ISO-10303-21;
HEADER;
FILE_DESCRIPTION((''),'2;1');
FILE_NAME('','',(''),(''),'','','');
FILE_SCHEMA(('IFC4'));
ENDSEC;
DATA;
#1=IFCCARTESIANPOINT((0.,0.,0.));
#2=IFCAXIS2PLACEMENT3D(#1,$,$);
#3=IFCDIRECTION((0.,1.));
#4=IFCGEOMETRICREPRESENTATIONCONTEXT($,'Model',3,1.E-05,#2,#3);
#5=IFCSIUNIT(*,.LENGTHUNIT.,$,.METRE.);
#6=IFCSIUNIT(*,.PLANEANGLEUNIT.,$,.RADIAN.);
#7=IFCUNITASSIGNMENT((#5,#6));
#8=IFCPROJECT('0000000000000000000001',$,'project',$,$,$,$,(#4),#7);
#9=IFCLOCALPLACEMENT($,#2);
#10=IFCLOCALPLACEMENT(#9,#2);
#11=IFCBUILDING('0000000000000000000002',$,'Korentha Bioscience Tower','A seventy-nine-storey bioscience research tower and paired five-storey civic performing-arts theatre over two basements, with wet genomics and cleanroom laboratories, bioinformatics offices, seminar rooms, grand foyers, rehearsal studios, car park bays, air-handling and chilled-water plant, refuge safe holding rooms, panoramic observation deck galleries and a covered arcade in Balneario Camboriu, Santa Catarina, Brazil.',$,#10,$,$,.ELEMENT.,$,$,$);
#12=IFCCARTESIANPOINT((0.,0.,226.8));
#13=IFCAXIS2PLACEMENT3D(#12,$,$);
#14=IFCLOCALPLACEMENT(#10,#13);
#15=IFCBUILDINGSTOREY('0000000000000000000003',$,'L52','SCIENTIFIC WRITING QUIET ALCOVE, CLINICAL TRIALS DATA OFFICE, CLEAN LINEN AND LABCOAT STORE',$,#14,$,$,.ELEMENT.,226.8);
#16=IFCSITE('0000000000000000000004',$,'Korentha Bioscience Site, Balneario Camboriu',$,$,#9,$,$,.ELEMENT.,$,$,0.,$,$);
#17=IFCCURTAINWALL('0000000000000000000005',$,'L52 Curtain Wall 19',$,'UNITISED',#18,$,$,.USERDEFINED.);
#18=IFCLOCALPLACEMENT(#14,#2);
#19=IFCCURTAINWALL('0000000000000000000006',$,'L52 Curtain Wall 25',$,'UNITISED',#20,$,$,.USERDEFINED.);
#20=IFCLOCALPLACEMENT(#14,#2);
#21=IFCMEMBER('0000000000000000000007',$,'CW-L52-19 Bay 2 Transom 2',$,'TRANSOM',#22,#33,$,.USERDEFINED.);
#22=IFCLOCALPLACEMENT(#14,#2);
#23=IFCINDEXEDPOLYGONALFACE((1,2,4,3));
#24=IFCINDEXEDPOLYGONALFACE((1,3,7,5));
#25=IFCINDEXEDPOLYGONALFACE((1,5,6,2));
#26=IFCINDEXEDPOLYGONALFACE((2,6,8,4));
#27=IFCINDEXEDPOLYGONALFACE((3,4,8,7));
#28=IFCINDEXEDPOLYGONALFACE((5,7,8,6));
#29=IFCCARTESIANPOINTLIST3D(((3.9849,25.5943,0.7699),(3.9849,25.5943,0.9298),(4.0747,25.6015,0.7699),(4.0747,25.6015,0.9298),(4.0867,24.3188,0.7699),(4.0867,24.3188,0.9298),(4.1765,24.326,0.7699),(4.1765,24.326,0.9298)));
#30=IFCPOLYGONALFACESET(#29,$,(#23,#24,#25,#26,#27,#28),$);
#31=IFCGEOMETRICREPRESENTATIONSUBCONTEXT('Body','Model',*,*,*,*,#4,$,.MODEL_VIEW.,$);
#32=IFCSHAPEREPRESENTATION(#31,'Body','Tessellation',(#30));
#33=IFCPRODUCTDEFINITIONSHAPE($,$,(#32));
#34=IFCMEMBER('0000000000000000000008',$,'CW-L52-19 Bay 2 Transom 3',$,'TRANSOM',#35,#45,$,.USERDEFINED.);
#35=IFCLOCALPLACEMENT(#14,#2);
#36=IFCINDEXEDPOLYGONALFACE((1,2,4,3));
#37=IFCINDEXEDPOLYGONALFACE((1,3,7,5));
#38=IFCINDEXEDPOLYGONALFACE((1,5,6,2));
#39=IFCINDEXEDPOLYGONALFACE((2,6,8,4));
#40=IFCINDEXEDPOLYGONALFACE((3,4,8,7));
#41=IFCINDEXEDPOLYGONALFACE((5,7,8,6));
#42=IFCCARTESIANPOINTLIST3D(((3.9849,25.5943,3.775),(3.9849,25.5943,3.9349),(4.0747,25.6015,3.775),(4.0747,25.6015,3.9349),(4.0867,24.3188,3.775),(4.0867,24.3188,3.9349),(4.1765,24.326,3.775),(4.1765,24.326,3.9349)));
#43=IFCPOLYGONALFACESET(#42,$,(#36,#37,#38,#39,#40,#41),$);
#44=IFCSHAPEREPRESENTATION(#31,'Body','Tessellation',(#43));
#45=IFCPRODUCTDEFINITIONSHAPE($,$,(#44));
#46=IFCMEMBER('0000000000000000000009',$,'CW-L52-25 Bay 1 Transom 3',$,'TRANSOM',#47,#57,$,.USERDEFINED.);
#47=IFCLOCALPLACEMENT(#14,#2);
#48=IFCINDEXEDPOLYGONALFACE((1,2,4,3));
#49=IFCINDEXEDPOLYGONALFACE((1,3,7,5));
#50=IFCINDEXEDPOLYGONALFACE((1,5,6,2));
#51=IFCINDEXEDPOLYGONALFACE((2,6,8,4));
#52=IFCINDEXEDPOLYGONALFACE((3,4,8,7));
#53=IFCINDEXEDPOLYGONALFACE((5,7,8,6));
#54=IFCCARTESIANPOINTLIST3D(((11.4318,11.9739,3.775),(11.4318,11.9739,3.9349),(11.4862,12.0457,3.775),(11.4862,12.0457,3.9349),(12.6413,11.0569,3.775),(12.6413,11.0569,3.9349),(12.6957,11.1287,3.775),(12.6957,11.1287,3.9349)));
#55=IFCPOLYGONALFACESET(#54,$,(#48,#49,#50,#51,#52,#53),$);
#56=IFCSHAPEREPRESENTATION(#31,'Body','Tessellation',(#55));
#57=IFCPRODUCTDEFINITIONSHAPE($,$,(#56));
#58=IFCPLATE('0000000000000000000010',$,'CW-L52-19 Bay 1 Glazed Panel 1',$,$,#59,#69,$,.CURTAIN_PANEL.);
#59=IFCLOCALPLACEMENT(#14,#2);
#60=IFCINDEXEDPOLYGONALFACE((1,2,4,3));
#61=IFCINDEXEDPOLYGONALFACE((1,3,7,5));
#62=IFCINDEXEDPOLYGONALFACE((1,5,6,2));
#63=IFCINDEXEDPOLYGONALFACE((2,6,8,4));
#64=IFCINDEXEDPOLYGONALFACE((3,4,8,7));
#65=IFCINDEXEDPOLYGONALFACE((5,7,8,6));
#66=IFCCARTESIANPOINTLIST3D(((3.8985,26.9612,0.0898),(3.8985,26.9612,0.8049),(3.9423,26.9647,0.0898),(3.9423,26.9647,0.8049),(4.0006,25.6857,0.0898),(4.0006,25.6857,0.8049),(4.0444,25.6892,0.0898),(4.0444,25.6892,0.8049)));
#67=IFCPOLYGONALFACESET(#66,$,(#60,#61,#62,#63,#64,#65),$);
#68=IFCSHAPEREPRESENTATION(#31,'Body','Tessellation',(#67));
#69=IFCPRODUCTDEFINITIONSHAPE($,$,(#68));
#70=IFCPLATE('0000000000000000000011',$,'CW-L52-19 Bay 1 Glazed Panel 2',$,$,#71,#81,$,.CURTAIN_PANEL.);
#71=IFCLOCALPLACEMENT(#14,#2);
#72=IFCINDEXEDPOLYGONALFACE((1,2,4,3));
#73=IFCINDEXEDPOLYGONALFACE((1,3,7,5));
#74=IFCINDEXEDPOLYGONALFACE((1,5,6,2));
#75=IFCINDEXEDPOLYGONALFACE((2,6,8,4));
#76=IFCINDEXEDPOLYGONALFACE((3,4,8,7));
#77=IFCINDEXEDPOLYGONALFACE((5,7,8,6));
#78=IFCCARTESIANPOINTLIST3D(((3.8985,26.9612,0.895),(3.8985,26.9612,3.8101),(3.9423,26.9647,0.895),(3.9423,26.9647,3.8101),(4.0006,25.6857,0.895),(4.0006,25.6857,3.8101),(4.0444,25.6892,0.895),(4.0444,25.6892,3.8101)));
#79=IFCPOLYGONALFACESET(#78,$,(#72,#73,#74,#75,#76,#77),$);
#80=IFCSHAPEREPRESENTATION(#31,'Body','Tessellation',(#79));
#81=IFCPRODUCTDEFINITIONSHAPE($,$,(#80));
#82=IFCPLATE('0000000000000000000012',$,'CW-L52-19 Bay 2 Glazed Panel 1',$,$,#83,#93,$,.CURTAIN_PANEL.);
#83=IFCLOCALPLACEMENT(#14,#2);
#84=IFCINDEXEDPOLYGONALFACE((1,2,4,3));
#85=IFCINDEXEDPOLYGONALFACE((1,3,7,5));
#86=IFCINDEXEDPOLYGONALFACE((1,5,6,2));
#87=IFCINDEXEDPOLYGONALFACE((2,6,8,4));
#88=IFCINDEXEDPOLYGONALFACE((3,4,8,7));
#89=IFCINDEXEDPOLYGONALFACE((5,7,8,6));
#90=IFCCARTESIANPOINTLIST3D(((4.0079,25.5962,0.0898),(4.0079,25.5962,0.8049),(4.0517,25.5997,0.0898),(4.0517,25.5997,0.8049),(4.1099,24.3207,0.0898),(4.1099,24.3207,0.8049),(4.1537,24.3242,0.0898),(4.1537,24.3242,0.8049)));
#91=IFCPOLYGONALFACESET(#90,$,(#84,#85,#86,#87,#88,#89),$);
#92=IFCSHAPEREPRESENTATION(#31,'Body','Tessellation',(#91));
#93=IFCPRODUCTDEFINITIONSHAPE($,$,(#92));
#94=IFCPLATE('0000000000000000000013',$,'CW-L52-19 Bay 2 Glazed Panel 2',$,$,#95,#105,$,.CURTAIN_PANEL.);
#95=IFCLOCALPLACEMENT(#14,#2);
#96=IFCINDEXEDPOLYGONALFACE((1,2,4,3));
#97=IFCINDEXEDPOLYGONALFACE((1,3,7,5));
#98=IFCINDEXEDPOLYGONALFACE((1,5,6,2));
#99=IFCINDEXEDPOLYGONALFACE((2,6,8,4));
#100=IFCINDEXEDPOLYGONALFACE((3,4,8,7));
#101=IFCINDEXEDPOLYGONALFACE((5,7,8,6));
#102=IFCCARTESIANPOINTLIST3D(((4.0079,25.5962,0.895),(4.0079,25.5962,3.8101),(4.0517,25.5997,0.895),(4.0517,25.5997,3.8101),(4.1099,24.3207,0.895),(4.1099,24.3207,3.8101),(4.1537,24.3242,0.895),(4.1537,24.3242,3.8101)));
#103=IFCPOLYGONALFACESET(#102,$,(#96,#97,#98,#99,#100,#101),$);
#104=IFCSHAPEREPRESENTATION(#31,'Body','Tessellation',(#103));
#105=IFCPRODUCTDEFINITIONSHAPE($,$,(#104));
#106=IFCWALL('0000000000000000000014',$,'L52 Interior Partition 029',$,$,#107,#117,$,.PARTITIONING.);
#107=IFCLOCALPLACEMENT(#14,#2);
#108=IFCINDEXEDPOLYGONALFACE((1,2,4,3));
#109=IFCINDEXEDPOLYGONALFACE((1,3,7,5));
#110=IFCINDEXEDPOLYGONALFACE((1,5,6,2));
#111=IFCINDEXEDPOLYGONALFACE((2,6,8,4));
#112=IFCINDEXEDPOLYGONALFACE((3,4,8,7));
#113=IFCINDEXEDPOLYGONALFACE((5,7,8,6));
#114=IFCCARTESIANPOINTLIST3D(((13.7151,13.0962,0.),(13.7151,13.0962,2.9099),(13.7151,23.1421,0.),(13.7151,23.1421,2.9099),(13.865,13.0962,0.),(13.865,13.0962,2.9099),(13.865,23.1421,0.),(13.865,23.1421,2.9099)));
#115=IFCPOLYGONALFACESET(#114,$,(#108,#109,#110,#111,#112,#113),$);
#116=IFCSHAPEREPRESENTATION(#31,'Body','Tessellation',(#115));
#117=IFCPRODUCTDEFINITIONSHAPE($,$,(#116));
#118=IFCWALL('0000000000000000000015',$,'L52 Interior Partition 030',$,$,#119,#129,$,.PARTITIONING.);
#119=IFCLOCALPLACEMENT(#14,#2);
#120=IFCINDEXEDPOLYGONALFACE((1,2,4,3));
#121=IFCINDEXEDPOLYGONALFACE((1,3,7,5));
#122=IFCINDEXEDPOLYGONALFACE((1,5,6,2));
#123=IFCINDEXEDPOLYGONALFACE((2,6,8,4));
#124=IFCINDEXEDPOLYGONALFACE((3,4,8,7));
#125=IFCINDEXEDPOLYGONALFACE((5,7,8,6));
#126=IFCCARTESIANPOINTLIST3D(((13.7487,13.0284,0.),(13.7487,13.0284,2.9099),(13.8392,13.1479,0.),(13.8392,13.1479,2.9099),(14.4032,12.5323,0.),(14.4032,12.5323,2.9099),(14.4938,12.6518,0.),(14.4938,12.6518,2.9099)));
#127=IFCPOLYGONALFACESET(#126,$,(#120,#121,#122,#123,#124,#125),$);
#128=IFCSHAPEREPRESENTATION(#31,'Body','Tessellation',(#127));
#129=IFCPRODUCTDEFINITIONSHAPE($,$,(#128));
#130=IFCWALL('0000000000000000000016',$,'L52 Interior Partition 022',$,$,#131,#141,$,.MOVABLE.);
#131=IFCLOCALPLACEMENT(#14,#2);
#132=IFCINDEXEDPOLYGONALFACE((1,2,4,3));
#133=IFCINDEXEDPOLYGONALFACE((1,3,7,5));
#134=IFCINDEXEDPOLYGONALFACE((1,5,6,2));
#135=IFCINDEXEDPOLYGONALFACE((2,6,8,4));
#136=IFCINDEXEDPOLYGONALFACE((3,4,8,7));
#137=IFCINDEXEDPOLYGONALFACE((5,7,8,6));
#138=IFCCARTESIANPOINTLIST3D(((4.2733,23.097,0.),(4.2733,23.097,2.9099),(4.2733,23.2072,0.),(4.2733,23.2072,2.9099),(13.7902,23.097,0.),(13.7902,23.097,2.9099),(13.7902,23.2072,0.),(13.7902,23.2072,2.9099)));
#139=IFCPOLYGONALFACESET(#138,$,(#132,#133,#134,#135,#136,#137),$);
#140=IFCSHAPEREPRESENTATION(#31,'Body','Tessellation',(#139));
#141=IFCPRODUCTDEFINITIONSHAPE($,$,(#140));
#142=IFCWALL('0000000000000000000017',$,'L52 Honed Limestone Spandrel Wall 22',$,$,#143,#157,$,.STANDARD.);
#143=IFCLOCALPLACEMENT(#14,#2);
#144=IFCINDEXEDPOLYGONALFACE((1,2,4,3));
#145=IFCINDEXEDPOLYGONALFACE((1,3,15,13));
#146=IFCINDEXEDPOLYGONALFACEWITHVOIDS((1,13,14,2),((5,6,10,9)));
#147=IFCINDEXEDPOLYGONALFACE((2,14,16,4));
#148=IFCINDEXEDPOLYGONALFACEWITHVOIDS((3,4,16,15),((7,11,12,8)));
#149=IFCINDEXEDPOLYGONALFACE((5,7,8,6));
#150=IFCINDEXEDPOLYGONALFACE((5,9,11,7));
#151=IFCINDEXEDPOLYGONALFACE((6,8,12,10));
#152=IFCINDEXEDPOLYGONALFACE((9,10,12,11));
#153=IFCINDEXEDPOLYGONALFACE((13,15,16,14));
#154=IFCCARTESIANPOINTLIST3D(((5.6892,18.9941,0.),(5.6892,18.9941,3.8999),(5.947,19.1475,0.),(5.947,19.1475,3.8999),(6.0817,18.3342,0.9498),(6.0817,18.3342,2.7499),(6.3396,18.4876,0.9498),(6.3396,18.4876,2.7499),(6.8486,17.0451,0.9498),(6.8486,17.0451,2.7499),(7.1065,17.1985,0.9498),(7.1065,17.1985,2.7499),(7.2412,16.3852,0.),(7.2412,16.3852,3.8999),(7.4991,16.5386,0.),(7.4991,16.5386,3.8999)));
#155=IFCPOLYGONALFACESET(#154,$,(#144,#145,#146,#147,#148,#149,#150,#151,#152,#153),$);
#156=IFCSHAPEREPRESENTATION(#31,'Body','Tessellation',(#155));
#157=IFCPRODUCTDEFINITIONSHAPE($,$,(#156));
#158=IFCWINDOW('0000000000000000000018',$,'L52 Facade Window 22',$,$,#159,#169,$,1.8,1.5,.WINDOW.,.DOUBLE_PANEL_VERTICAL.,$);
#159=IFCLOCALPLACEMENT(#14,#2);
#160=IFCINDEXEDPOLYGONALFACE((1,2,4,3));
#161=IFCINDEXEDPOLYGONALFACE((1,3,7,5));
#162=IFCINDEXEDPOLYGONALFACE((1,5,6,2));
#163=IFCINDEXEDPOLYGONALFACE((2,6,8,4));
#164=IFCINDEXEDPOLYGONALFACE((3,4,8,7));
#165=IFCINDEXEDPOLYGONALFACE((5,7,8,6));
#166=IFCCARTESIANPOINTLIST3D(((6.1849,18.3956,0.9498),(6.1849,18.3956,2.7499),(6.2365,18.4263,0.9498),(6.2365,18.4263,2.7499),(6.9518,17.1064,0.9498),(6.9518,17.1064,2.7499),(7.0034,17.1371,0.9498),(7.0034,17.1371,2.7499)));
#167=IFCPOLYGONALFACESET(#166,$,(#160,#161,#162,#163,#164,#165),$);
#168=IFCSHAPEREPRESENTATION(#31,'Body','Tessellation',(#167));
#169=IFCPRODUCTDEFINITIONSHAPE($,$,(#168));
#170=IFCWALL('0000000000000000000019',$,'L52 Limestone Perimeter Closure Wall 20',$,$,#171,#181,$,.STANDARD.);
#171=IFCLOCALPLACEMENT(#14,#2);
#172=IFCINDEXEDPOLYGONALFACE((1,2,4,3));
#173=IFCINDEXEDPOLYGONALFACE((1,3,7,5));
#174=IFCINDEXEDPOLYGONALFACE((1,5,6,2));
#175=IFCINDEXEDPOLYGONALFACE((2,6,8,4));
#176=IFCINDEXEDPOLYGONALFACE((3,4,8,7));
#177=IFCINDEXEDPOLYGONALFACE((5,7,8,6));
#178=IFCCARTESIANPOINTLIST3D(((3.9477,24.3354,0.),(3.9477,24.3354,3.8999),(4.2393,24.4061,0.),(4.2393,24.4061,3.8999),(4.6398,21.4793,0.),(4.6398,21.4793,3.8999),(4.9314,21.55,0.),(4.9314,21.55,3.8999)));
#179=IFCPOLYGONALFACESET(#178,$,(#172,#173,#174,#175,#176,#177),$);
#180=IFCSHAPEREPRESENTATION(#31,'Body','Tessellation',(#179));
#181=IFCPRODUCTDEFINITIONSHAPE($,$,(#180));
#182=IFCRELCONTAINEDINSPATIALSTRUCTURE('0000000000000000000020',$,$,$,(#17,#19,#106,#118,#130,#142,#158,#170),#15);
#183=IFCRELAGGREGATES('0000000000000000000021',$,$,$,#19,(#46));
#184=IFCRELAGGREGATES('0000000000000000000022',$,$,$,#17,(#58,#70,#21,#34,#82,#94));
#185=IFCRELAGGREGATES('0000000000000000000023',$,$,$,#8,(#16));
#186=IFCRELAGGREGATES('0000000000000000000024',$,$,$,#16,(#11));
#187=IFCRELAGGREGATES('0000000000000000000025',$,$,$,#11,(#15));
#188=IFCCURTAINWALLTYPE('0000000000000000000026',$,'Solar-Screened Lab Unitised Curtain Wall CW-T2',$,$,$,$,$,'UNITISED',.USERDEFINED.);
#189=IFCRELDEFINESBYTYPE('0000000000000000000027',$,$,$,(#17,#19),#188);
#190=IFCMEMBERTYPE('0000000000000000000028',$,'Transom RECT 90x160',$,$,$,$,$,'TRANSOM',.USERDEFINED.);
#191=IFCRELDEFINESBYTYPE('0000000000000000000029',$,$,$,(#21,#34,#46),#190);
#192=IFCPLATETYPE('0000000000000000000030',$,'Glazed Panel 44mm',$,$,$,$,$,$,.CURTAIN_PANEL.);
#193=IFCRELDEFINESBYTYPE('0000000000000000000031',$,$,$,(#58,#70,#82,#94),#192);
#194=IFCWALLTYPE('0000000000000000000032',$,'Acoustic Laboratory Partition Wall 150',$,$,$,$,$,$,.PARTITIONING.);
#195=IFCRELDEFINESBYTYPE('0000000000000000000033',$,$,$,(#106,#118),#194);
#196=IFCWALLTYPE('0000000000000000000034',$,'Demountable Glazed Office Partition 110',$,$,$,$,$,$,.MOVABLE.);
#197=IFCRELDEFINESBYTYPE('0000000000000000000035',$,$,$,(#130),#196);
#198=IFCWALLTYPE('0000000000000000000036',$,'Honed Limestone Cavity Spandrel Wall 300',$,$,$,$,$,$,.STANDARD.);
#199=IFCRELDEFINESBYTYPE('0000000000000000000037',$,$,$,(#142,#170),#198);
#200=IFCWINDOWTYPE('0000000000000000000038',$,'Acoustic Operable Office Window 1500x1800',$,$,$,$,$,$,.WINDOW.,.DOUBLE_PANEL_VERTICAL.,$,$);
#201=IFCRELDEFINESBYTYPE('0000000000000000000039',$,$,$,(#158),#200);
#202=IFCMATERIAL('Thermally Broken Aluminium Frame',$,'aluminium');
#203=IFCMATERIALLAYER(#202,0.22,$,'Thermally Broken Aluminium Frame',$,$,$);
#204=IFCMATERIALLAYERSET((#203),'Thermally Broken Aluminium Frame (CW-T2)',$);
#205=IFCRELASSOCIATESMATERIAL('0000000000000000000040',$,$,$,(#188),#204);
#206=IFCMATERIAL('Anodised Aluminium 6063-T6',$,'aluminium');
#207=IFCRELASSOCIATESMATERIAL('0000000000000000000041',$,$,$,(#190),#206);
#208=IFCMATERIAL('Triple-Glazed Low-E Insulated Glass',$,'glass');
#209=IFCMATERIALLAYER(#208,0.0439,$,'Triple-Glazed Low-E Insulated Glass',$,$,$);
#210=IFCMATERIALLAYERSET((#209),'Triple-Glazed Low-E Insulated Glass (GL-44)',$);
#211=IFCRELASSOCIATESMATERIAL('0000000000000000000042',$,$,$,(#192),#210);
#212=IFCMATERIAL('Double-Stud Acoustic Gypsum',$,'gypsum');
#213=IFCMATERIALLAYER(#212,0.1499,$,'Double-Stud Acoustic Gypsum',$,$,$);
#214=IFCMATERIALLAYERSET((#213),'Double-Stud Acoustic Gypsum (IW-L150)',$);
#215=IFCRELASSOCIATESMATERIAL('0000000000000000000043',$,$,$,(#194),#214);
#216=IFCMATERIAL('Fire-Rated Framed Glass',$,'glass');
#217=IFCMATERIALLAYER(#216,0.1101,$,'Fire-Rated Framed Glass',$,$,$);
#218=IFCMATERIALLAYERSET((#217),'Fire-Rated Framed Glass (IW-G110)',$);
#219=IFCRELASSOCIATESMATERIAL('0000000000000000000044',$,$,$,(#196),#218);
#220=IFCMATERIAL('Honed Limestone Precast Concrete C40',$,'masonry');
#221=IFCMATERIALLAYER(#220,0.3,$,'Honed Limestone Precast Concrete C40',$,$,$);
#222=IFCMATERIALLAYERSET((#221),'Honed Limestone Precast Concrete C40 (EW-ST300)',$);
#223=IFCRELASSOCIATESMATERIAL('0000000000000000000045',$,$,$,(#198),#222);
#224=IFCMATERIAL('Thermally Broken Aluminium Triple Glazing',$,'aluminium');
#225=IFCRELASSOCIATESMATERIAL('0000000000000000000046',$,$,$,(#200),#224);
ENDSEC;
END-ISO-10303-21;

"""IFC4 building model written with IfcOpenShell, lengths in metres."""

from ifc_helpers import new_model, si_unit, direction, frame, frame_2d, origin, origin_2d, place, context, subcontext, project, spatial, rectangle, extrude, material, layer, layer_set, material_profile, profile_set, type_object, element, fill, aggregate, save


model = new_model("IFC4")

# Units and contexts
model_context = context("Model", 3, precision=1e-05, world=origin(), true_north=direction((0.0, 1.0)))
body_context = subcontext(model_context, "Body", "Model", "MODEL_VIEW")
ifc_project = project(units=[si_unit("LENGTHUNIT", "METRE"), si_unit("PLANEANGLEUNIT", "RADIAN")], contexts=[model_context])

# Site, building, storey
site_placement = place(None, origin())
site = spatial("IfcSite", under=ifc_project, at=site_placement, Name="Korentha Bioscience Site, Balneario Camboriu", CompositionType="ELEMENT", RefElevation=0.0)
building_placement = place(site_placement, origin())
building = spatial("IfcBuilding", under=site, at=building_placement, Name="Korentha Bioscience Tower", Description="A seventy-nine-storey bioscience research tower and paired five-storey civic performing-arts theatre over two basements, with wet genomics and cleanroom laboratories, bioinformatics offices, seminar rooms, grand foyers, rehearsal studios, car park bays, air-handling and chilled-water plant, refuge safe holding rooms, panoramic observation deck galleries and a covered arcade in Balneario Camboriu, Santa Catarina, Brazil.", CompositionType="ELEMENT")
storey_placement = place(building_placement, frame((0.0, 0.0, 226.8)))
storey = spatial("IfcBuildingStorey", under=building, at=storey_placement, Name="L52", Description="SCIENTIFIC WRITING QUIET ALCOVE, CLINICAL TRIALS DATA OFFICE, CLEAN LINEN AND LABCOAT STORE", CompositionType="ELEMENT", Elevation=226.8)

# Curtain wall
ifc_material_1 = material(Name="Thermally Broken Aluminium Frame", Category="aluminium")
ifc_layer_1 = layer(ifc_material_1, 0.22, Name="Thermally Broken Aluminium Frame")
ifc_layer_set_1 = layer_set([ifc_layer_1], Name="Thermally Broken Aluminium Frame (CW-T2)")
curtain_wall_type = type_object("IfcCurtainWallType", Name="Solar-Screened Lab Unitised Curtain Wall CW-T2", ElementType="UNITISED", PredefinedType="USERDEFINED", material=ifc_layer_set_1)
curtain_wall_1_placement = place(storey_placement, origin())
curtain_wall_1 = element("IfcCurtainWall", 1, at=curtain_wall_1_placement, inside=storey, type_object=curtain_wall_type, Name="L52 Curtain Wall 19", ObjectType="UNITISED", PredefinedType="USERDEFINED")
ifc_material_2 = material(Name="Anodised Aluminium 6063-T6", Category="aluminium")

# Curtain wall
curtain_wall_2_placement = place(storey_placement, origin())
curtain_wall_2 = element("IfcCurtainWall", 2, at=curtain_wall_2_placement, inside=storey, type_object=curtain_wall_type, Name="L52 Curtain Wall 25", ObjectType="UNITISED", PredefinedType="USERDEFINED")

# Members
ifc_material_profile_1 = material_profile(ifc_material_2, rectangle(XDim=0.0901, YDim=0.1599, at=origin_2d()), Name="Anodised Aluminium 6063-T6")
ifc_profile_set_1 = profile_set([ifc_material_profile_1], Name="Anodised Aluminium 6063-T6 (CW-TRN)")
member_type_1 = type_object("IfcMemberType", Name="Transom RECT 90x160", ElementType="TRANSOM", PredefinedType="USERDEFINED", material=ifc_profile_set_1)
member_1_placement = place(storey_placement, frame((4.0298, 25.5979, 0.8499), z_axis=(0.079571, -0.996829, 0.0), x_axis=(0.996829, 0.079571, 0.0)))
member_1 = element("IfcMember", 3, at=member_1_placement, type_object=member_type_1, Name="CW-L52-19 Bay 2 Transom 2", ObjectType="TRANSOM", PredefinedType="USERDEFINED", context=body_context, shape_type="SweptSolid", body=[
    extrude(rectangle(XDim=0.0901, YDim=0.1599, at=origin_2d()), origin(), (0.0, 0.0, 1.0), 1.2795),
])
member_2_placement = place(storey_placement, frame((4.0298, 25.5979, 3.855), z_axis=(0.079571, -0.996829, 0.0), x_axis=(0.996829, 0.079571, 0.0)))
member_2 = element("IfcMember", 4, at=member_2_placement, type_object=member_type_1, Name="CW-L52-19 Bay 2 Transom 3", ObjectType="TRANSOM", PredefinedType="USERDEFINED", context=body_context, shape_type="SweptSolid", body=[
    extrude(rectangle(XDim=0.0901, YDim=0.1599, at=origin_2d()), origin(), (0.0, 0.0, 1.0), 1.2795),
])
member_3_placement = place(storey_placement, frame((11.459, 12.0098, 3.855), z_axis=(0.796862, -0.604161, 0.0), x_axis=(0.604161, 0.796862, 0.0)))
member_3 = element("IfcMember", 5, at=member_3_placement, type_object=member_type_1, Name="CW-L52-25 Bay 1 Transom 3", ObjectType="TRANSOM", PredefinedType="USERDEFINED", context=body_context, shape_type="SweptSolid", body=[
    extrude(rectangle(XDim=0.0901, YDim=0.1599, at=origin_2d()), origin(), (0.0, 0.0, 1.0), 1.5178),
])
aggregate(curtain_wall_2, [member_3])

# Plates
ifc_material_3 = material(Name="Triple-Glazed Low-E Insulated Glass", Category="glass")
ifc_layer_2 = layer(ifc_material_3, 0.0439, Name="Triple-Glazed Low-E Insulated Glass")
ifc_layer_set_2 = layer_set([ifc_layer_2], Name="Triple-Glazed Low-E Insulated Glass (GL-44)")
plate_type = type_object("IfcPlateType", Name="Glazed Panel 44mm", PredefinedType="CURTAIN_PANEL", material=ifc_layer_set_2)
plate_1_placement = place(storey_placement, frame((3.9714, 26.3252, 0.0898), z_axis=(0.0, 0.0, 1.0), x_axis=(0.079748, -0.996815, 0.0)))
plate_1 = element("IfcPlate", 6, at=plate_1_placement, type_object=plate_type, Name="CW-L52-19 Bay 1 Glazed Panel 1", PredefinedType="CURTAIN_PANEL", context=body_context, shape_type="SweptSolid", body=[
    extrude(rectangle(XDim=1.2795, YDim=0.0439, at=origin_2d()), origin(), (0.0, 0.0, 1.0), 0.7151),
])
plate_2_placement = place(storey_placement, frame((3.9714, 26.3252, 0.895), z_axis=(0.0, 0.0, 1.0), x_axis=(0.079748, -0.996815, 0.0)))
plate_2 = element("IfcPlate", 7, at=plate_2_placement, type_object=plate_type, Name="CW-L52-19 Bay 1 Glazed Panel 2", PredefinedType="CURTAIN_PANEL", context=body_context, shape_type="SweptSolid", body=[
    extrude(rectangle(XDim=1.2795, YDim=0.0439, at=origin_2d()), origin(), (0.0, 0.0, 1.0), 2.915),
])
plate_3_placement = place(storey_placement, frame((4.0808, 24.9602, 0.0898), z_axis=(0.0, 0.0, 1.0), x_axis=(0.079748, -0.996815, 0.0)))
plate_3 = element("IfcPlate", 8, at=plate_3_placement, type_object=plate_type, Name="CW-L52-19 Bay 2 Glazed Panel 1", PredefinedType="CURTAIN_PANEL", context=body_context, shape_type="SweptSolid", body=[
    extrude(rectangle(XDim=1.2795, YDim=0.0439, at=origin_2d()), origin(), (0.0, 0.0, 1.0), 0.7151),
])
plate_4_placement = place(storey_placement, frame((4.0808, 24.9602, 0.895), z_axis=(0.0, 0.0, 1.0), x_axis=(0.079748, -0.996815, 0.0)))
plate_4 = element("IfcPlate", 9, at=plate_4_placement, type_object=plate_type, Name="CW-L52-19 Bay 2 Glazed Panel 2", PredefinedType="CURTAIN_PANEL", context=body_context, shape_type="SweptSolid", body=[
    extrude(rectangle(XDim=1.2795, YDim=0.0439, at=origin_2d()), origin(), (0.0, 0.0, 1.0), 2.915),
])
aggregate(curtain_wall_1, [plate_1, plate_2, member_1, member_2, plate_3, plate_4])

# Walls
ifc_material_4 = material(Name="Double-Stud Acoustic Gypsum", Category="gypsum")
ifc_layer_3 = layer(ifc_material_4, 0.1499, Name="Double-Stud Acoustic Gypsum")
ifc_layer_set_3 = layer_set([ifc_layer_3], Name="Double-Stud Acoustic Gypsum (IW-L150)")
wall_type_1 = type_object("IfcWallType", Name="Acoustic Laboratory Partition Wall 150", PredefinedType="PARTITIONING", material=ifc_layer_set_3)
wall_1_placement = place(storey_placement, frame((13.79, 23.1421, 0.0), z_axis=(0.0, 0.0, 1.0), x_axis=(0.0, -1.0, 0.0)))
element("IfcWall", 10, at=wall_1_placement, inside=storey, type_object=wall_type_1, Name="L52 Interior Partition 029", PredefinedType="PARTITIONING", context=body_context, shape_type="SweptSolid", body=[
    extrude(rectangle(XDim=10.0459, YDim=0.1499, at=frame_2d((5.0229, 0.0))), origin(), (0.0, 0.0, 1.0), 2.9099),
])
wall_2_placement = place(storey_placement, frame((13.7939, 13.0881, 0.0), z_axis=(0.0, 0.0, 1.0), x_axis=(0.796958, -0.604035, 0.0)))
element("IfcWall", 11, at=wall_2_placement, inside=storey, type_object=wall_type_1, Name="L52 Interior Partition 030", PredefinedType="PARTITIONING", context=body_context, shape_type="SweptSolid", body=[
    extrude(rectangle(XDim=0.8213, YDim=0.1499, at=frame_2d((0.4106, 0.0))), origin(), (0.0, 0.0, 1.0), 2.9099),
])
ifc_material_5 = material(Name="Fire-Rated Framed Glass", Category="glass")
ifc_layer_4 = layer(ifc_material_5, 0.1101, Name="Fire-Rated Framed Glass")
ifc_layer_set_4 = layer_set([ifc_layer_4], Name="Fire-Rated Framed Glass (IW-G110)")
wall_type_2 = type_object("IfcWallType", Name="Demountable Glazed Office Partition 110", PredefinedType="MOVABLE", material=ifc_layer_set_4)
wall_3_placement = place(storey_placement, frame((13.79, 23.1521, 0.0), z_axis=(0.0, 0.0, 1.0), x_axis=(-1.0, 0.0, 0.0)))
element("IfcWall", 12, at=wall_3_placement, inside=storey, type_object=wall_type_2, Name="L52 Interior Partition 022", PredefinedType="MOVABLE", context=body_context, shape_type="SweptSolid", body=[
    extrude(rectangle(XDim=9.5168, YDim=0.1101, at=frame_2d((4.7583, 0.0))), origin(), (0.0, 0.0, 1.0), 2.9099),
])

# Shared definitions
ifc_material_6 = material(Name="Honed Limestone Precast Concrete C40", Category="masonry")
ifc_layer_5 = layer(ifc_material_6, 0.3, Name="Honed Limestone Precast Concrete C40")
ifc_layer_set_5 = layer_set([ifc_layer_5], Name="Honed Limestone Precast Concrete C40 (EW-ST300)")
wall_type_3 = type_object("IfcWallType", Name="Honed Limestone Cavity Spandrel Wall 300", PredefinedType="STANDARD", material=ifc_layer_set_5)

# Wall, opening, window
wall_4_placement = place(storey_placement, frame((5.8181, 19.0708, 0.0), z_axis=(0.0, 0.0, 1.0), x_axis=(0.511263, -0.859424, 0.0)))
wall_4 = element("IfcWall", 13, at=wall_4_placement, inside=storey, type_object=wall_type_3, Name="L52 Honed Limestone Spandrel Wall 22", PredefinedType="STANDARD", context=body_context, shape_type="SweptSolid", body=[
    extrude(rectangle(XDim=3.0356, YDim=0.3, at=frame_2d((1.5178, 0.0))), origin(), (0.0, 0.0, 1.0), 3.8999),
])
opening_1_placement = place(wall_4_placement, frame((0.7678, 0.0, 0.95)))
opening_1 = element("IfcOpeningElement", 14, at=opening_1_placement, cuts=wall_4, PredefinedType="OPENING", context=body_context, shape_type="SweptSolid", body=[
    extrude(rectangle(XDim=1.5, YDim=1.8, at=frame_2d((0.75, 0.8999))), frame((0.0, 0.165, 0.0), z_axis=(0.0, -1.0, 0.0), x_axis=(1.0, 0.0, 0.0)), (0.0, 0.0, 1.0), 0.3298),
])
ifc_material_7 = material(Name="Thermally Broken Aluminium Triple Glazing", Category="aluminium")
window_type = type_object("IfcWindowType", Name="Acoustic Operable Office Window 1500x1800", PartitioningType="DOUBLE_PANEL_VERTICAL", PredefinedType="WINDOW", material=ifc_material_7)
window_placement = place(opening_1_placement, origin())
window = element("IfcWindow", 15, at=window_placement, inside=storey, type_object=window_type, Name="L52 Facade Window 22", OverallHeight=1.8, OverallWidth=1.5, PartitioningType="DOUBLE_PANEL_VERTICAL", PredefinedType="WINDOW", context=body_context, shape_type="SweptSolid", body=[
    extrude(rectangle(XDim=1.5, YDim=1.8, at=frame_2d((0.75, 0.8999))), frame((0.0, 0.03, 0.0), z_axis=(0.0, -1.0, 0.0), x_axis=(1.0, 0.0, 0.0)), (0.0, 0.0, 1.0), 0.0601),
])
fill(opening_1, window)

# Wall
wall_5_placement = place(storey_placement, frame((4.0935, 24.3706, 0.0), z_axis=(0.0, 0.0, 1.0), x_axis=(0.235531, -0.971867, 0.0)))
element("IfcWall", 16, at=wall_5_placement, inside=storey, type_object=wall_type_3, Name="L52 Limestone Perimeter Closure Wall 20", PredefinedType="STANDARD", context=body_context, shape_type="SweptSolid", body=[
    extrude(rectangle(XDim=2.9387, YDim=0.3, at=frame_2d((1.4692, 0.0))), origin(), (0.0, 0.0, 1.0), 3.8999),
])

save(model, "model.ifc")
